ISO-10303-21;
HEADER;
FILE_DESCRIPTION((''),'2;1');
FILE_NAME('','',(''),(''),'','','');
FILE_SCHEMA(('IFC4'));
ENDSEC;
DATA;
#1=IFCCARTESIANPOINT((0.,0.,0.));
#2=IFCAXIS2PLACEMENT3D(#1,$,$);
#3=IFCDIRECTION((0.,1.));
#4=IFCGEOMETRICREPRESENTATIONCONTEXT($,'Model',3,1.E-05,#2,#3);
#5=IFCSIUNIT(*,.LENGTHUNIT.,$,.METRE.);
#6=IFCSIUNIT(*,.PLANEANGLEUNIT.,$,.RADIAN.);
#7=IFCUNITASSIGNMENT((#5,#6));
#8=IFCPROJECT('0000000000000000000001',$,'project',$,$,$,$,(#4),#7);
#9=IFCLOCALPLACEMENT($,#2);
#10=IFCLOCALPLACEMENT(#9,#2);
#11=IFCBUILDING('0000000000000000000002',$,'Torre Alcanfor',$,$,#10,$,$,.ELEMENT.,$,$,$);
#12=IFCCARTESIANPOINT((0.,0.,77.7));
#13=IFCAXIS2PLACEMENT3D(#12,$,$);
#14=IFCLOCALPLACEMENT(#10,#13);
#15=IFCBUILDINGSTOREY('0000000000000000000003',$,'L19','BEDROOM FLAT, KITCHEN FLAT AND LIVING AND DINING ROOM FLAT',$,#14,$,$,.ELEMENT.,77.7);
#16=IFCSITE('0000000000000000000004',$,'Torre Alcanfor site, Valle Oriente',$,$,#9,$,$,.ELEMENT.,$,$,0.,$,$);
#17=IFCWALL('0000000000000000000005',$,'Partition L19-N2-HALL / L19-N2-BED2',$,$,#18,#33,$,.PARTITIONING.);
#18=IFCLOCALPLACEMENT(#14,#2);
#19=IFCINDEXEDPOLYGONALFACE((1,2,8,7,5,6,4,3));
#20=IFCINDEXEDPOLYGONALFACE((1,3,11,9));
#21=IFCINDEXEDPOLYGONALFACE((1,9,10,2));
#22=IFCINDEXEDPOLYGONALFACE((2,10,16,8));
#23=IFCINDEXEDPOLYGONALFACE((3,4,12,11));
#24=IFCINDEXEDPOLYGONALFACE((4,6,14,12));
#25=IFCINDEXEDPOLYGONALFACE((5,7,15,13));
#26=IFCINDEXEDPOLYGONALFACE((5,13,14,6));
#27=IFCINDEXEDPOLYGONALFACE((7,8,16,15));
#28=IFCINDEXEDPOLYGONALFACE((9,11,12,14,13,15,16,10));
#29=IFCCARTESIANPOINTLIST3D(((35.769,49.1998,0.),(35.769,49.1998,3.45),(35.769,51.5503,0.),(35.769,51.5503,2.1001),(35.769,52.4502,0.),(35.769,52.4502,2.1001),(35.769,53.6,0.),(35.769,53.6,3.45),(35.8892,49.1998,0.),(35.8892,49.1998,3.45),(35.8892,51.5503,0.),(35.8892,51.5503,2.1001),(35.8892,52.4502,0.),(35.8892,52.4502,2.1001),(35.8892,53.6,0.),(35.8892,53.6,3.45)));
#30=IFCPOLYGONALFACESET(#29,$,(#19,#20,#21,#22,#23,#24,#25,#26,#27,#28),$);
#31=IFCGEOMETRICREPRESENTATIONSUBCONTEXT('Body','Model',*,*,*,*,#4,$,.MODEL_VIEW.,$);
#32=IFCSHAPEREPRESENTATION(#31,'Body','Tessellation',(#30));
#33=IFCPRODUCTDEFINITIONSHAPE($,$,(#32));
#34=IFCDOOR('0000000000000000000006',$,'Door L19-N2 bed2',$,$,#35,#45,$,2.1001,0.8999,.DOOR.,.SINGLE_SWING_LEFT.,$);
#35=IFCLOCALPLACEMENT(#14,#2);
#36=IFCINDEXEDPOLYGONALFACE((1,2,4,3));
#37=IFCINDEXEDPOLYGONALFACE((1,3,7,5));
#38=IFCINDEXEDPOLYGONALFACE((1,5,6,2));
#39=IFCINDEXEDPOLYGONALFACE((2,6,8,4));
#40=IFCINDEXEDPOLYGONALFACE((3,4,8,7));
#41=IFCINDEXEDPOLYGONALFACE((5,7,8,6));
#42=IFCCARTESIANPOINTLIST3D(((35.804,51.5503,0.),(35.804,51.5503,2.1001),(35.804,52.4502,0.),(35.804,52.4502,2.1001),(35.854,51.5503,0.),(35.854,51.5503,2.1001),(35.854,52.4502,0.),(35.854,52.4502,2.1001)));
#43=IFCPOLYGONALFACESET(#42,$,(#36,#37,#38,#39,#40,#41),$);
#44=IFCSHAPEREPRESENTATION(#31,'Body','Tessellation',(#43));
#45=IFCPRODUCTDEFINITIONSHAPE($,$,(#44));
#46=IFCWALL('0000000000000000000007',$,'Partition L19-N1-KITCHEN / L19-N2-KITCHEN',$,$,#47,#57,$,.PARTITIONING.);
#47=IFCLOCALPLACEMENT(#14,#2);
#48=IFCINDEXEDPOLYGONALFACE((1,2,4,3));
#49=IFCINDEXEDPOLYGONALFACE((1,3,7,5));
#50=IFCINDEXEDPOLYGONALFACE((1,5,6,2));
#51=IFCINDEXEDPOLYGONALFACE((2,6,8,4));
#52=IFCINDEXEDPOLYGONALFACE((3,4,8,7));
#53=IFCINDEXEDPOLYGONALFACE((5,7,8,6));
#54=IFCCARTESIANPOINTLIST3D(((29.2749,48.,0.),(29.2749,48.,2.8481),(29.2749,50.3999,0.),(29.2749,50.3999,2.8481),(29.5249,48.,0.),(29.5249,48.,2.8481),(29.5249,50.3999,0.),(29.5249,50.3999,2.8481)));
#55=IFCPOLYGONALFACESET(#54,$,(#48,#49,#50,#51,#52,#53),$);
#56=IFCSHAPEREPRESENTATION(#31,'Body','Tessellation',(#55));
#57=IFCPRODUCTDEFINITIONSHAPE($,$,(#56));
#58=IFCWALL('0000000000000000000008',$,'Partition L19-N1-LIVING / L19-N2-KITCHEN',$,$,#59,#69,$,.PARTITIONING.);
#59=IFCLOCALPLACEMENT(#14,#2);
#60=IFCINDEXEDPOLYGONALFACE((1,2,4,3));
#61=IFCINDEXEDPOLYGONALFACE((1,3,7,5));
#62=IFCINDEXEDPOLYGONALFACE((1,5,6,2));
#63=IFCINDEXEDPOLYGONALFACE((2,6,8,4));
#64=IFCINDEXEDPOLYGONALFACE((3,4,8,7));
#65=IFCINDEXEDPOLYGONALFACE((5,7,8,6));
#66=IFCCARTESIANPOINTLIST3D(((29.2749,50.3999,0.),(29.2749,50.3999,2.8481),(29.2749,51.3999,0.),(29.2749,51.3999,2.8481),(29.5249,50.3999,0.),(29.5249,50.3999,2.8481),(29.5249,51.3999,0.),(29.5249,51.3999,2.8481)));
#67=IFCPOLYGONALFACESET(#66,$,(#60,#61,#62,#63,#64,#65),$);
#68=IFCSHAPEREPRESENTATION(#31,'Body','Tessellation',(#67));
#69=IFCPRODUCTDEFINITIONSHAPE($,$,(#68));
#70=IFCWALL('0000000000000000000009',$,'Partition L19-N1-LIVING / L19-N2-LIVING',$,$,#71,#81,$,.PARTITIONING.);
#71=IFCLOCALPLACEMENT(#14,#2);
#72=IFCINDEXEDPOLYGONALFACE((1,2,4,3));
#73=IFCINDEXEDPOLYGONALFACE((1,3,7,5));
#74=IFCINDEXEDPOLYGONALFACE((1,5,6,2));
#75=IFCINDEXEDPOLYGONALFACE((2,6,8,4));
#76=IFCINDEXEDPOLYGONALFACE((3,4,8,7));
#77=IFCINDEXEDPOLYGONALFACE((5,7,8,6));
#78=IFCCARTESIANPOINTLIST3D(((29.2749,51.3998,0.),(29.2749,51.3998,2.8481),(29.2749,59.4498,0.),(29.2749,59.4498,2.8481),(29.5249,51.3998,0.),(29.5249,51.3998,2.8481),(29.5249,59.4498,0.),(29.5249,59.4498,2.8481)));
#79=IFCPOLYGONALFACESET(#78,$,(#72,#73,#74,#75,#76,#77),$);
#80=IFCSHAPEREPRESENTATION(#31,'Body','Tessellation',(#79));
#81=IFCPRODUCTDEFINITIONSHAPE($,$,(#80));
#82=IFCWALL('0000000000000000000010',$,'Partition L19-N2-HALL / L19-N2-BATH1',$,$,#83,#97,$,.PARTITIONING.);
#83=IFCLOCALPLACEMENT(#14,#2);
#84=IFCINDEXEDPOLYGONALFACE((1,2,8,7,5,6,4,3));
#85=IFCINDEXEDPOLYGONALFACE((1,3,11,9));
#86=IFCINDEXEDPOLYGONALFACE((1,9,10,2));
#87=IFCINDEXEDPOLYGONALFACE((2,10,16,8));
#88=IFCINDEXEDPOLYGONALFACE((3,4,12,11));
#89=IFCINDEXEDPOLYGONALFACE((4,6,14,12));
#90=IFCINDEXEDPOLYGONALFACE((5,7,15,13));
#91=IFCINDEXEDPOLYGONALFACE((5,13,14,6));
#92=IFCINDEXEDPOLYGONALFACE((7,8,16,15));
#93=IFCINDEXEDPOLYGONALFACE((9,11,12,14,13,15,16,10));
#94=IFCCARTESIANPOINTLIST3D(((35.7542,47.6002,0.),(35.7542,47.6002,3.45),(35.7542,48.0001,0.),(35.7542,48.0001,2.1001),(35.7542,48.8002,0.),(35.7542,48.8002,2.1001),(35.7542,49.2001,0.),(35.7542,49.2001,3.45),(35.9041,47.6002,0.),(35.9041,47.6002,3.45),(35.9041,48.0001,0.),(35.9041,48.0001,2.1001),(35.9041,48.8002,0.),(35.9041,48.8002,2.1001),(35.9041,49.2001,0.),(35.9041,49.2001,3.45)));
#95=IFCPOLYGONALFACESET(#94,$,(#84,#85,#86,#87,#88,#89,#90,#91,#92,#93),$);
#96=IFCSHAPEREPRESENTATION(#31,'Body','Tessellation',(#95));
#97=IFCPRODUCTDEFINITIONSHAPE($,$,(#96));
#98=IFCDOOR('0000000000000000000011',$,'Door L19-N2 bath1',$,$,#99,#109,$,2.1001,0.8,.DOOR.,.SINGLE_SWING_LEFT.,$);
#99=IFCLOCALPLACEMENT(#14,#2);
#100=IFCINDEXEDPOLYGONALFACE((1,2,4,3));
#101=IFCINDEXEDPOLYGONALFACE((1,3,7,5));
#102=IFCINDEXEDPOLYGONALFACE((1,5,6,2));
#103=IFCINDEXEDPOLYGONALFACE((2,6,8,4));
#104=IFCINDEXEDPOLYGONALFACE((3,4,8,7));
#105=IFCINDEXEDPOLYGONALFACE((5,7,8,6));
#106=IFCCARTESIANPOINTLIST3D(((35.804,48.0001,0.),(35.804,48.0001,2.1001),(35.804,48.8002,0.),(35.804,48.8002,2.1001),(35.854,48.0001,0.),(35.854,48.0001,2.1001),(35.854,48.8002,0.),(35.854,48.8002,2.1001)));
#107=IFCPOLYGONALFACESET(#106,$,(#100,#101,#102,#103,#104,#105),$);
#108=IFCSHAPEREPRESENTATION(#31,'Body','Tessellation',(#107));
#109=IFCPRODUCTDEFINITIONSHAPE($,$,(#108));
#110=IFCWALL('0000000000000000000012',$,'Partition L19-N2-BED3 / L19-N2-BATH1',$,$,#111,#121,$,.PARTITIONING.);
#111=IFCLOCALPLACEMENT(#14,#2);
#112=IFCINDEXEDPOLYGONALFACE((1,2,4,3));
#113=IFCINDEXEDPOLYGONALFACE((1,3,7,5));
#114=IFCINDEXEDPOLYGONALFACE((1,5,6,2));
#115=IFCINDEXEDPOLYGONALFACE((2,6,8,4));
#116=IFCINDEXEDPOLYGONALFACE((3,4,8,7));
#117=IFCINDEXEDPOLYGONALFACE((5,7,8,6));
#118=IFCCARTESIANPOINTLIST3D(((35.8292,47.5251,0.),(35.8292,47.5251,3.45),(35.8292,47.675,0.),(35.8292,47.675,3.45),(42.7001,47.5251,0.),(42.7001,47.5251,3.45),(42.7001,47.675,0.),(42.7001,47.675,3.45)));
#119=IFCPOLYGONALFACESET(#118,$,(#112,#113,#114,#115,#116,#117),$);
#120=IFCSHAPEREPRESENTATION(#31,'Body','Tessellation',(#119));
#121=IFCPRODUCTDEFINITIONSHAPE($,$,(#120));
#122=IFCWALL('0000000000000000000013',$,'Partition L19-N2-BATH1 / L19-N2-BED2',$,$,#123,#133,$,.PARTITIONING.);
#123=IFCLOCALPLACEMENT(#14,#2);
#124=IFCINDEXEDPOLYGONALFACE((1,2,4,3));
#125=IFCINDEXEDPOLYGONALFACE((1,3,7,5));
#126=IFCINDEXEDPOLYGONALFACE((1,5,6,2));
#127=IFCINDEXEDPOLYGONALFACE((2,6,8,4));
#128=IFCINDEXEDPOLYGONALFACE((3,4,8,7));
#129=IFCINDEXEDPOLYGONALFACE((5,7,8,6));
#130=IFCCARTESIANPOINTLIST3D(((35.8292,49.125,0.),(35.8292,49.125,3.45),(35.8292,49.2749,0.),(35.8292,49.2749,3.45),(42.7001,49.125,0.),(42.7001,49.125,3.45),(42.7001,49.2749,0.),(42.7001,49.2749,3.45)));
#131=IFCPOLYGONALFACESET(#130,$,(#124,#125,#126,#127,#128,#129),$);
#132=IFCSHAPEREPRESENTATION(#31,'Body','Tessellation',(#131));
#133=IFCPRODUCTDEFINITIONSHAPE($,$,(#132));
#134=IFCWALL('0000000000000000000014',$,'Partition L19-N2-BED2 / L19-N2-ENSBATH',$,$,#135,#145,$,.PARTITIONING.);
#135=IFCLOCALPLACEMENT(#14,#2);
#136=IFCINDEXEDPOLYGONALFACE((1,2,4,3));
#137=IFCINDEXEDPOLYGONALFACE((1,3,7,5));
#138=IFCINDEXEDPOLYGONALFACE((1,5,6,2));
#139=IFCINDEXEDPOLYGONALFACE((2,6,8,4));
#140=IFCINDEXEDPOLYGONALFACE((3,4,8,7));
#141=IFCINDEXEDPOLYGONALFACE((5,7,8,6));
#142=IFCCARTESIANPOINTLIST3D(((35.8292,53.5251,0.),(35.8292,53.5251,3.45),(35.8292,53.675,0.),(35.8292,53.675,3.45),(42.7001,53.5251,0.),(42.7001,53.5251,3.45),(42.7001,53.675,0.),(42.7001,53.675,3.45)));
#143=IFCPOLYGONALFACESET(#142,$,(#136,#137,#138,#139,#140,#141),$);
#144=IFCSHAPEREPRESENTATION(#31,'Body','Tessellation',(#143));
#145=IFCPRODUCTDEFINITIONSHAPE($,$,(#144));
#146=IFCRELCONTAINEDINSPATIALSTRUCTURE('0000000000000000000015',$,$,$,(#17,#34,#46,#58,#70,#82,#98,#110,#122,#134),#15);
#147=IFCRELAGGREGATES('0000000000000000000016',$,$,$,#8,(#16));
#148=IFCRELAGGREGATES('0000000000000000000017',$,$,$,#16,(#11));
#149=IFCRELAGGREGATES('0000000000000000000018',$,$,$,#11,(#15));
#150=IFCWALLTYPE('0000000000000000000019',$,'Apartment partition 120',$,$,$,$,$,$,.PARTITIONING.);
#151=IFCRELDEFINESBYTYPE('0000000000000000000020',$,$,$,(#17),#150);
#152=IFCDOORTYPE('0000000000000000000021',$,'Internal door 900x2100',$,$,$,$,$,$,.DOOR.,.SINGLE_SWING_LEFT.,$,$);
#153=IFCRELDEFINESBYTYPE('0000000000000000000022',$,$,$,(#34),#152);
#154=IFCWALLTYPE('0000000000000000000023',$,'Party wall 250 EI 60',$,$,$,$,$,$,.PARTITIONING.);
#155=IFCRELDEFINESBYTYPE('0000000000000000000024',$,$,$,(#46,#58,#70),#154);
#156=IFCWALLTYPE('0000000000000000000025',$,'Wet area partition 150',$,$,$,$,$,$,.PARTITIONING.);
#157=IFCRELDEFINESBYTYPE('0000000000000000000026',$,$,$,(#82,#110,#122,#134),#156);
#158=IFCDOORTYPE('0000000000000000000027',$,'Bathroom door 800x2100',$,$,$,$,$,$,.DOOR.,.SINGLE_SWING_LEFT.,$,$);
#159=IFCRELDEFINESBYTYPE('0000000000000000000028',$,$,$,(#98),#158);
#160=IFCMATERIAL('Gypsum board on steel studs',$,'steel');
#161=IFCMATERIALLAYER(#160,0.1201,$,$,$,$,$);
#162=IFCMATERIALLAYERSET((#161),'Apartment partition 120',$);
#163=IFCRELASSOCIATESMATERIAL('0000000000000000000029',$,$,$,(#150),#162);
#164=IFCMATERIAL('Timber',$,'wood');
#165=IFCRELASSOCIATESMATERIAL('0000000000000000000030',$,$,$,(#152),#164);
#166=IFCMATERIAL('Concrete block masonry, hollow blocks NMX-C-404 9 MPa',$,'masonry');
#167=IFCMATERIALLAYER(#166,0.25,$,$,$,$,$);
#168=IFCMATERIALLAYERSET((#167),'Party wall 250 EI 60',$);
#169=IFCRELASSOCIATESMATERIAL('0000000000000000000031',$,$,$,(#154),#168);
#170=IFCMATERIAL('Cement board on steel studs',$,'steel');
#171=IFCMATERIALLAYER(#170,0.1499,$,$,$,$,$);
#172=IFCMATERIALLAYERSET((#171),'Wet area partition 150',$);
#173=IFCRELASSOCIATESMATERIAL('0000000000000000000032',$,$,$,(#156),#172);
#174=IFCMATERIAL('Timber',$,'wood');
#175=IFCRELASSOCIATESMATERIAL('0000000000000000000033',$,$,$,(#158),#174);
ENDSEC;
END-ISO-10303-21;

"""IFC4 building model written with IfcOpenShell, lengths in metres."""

from ifc_helpers import new_model, si_unit, direction, frame, frame_2d, origin, place, context, subcontext, project, spatial, rectangle, extrude, material, layer, layer_set, type_object, element, fill, save


model = new_model("IFC4")

# Units and contexts
model_context = context("Model", 3, precision=1e-05, world=origin(), true_north=direction((0.0, 1.0)))
body_context = subcontext(model_context, "Body", "Model", "MODEL_VIEW")
ifc_project = project(units=[si_unit("LENGTHUNIT", "METRE"), si_unit("PLANEANGLEUNIT", "RADIAN")], contexts=[model_context])

# Site, building, storey
site_placement = place(None, origin())
site = spatial("IfcSite", under=ifc_project, at=site_placement, Name="Torre Alcanfor site, Valle Oriente", CompositionType="ELEMENT", RefElevation=0.0)
building_placement = place(site_placement, origin())
building = spatial("IfcBuilding", under=site, at=building_placement, Name="Torre Alcanfor", CompositionType="ELEMENT")
storey_placement = place(building_placement, frame((0.0, 0.0, 77.7)))
storey = spatial("IfcBuildingStorey", under=building, at=storey_placement, Name="L19", Description="BEDROOM FLAT, KITCHEN FLAT AND LIVING AND DINING ROOM FLAT", CompositionType="ELEMENT", Elevation=77.7)

# Shared definitions
ifc_material_1 = material(Name="Gypsum board on steel studs", Category="steel")
ifc_layer_1 = layer(ifc_material_1, 0.1201)
ifc_layer_set_1 = layer_set([ifc_layer_1], Name="Apartment partition 120")
wall_type_1 = type_object("IfcWallType", Name="Apartment partition 120", PredefinedType="PARTITIONING", material=ifc_layer_set_1)

# Wall, opening, door
ifc_material_2 = material(Name="Timber", Category="wood")
door_type_1 = type_object("IfcDoorType", Name="Internal door 900x2100", OperationType="SINGLE_SWING_LEFT", PredefinedType="DOOR", material=ifc_material_2)
wall_1_placement = place(storey_placement, frame((35.8291, 53.6001, 0.0), z_axis=(0.0, 0.0, 1.0), x_axis=(0.0, -1.0, 0.0)))
wall_1 = element("IfcWall", 1, at=wall_1_placement, inside=storey, type_object=wall_type_1, Name="Partition L19-N2-HALL / L19-N2-BED2", PredefinedType="PARTITIONING", context=body_context, shape_type="SweptSolid", body=[
    extrude(rectangle(XDim=4.4001, YDim=0.1201, at=frame_2d((2.2002, 0.0))), origin(), (0.0, 0.0, 1.0), 3.45),
])
opening_1_placement = place(wall_1_placement, frame((1.1499, 0.0, 0.0)))
opening_1 = element("IfcOpeningElement", 2, at=opening_1_placement, cuts=wall_1, PredefinedType="OPENING", context=body_context, shape_type="SweptSolid", body=[
    extrude(rectangle(XDim=0.8999, YDim=2.1001, at=frame_2d((0.45, 1.05))), frame((0.0, 0.0701, 0.0), z_axis=(0.0, -1.0, 0.0), x_axis=(1.0, 0.0, 0.0)), (0.0, 0.0, 1.0), 0.1401),
])
door_1_placement = place(opening_1_placement, origin())
door_1 = element("IfcDoor", 3, at=door_1_placement, inside=storey, type_object=door_type_1, Name="Door L19-N2 bed2", OperationType="SINGLE_SWING_LEFT", OverallHeight=2.1001, OverallWidth=0.8999, PredefinedType="DOOR", context=body_context, shape_type="SweptSolid", body=[
    extrude(rectangle(XDim=0.8999, YDim=2.1001, at=frame_2d((0.45, 1.05))), frame((0.0, 0.0249, 0.0), z_axis=(0.0, -1.0, 0.0), x_axis=(1.0, 0.0, 0.0)), (0.0, 0.0, 1.0), 0.05),
])
fill(opening_1, door_1)

# Walls
ifc_material_3 = material(Name="Concrete block masonry, hollow blocks NMX-C-404 9 MPa", Category="masonry")
ifc_layer_2 = layer(ifc_material_3, 0.25)
ifc_layer_set_2 = layer_set([ifc_layer_2], Name="Party wall 250 EI 60")
wall_type_2 = type_object("IfcWallType", Name="Party wall 250 EI 60", PredefinedType="PARTITIONING", material=ifc_layer_set_2)
wall_2_placement = place(storey_placement, frame((29.3999, 48.0, 0.0), z_axis=(0.0, 0.0, 1.0), x_axis=(0.0, 1.0, 0.0)))
element("IfcWall", 4, at=wall_2_placement, inside=storey, type_object=wall_type_2, Name="Partition L19-N1-KITCHEN / L19-N2-KITCHEN", PredefinedType="PARTITIONING", context=body_context, shape_type="SweptSolid", body=[
    extrude(rectangle(XDim=2.3999, YDim=0.25, at=frame_2d((1.2, 0.0))), origin(), (0.0, 0.0, 1.0), 2.8481),
])
wall_3_placement = place(storey_placement, frame((29.3999, 50.3999, 0.0), z_axis=(0.0, 0.0, 1.0), x_axis=(0.0, 1.0, 0.0)))
element("IfcWall", 5, at=wall_3_placement, inside=storey, type_object=wall_type_2, Name="Partition L19-N1-LIVING / L19-N2-KITCHEN", PredefinedType="PARTITIONING", context=body_context, shape_type="SweptSolid", body=[
    extrude(rectangle(XDim=1.0, YDim=0.25, at=frame_2d((0.5, 0.0))), origin(), (0.0, 0.0, 1.0), 2.8481),
])
wall_4_placement = place(storey_placement, frame((29.3999, 51.3999, 0.0), z_axis=(0.0, 0.0, 1.0), x_axis=(0.0, 1.0, 0.0)))
element("IfcWall", 6, at=wall_4_placement, inside=storey, type_object=wall_type_2, Name="Partition L19-N1-LIVING / L19-N2-LIVING", PredefinedType="PARTITIONING", context=body_context, shape_type="SweptSolid", body=[
    extrude(rectangle(XDim=8.05, YDim=0.25, at=frame_2d((4.0249, 0.0))), origin(), (0.0, 0.0, 1.0), 2.8481),
])

# Wall, opening, door
ifc_material_4 = material(Name="Cement board on steel studs", Category="steel")
ifc_layer_3 = layer(ifc_material_4, 0.1499)
ifc_layer_set_3 = layer_set([ifc_layer_3], Name="Wet area partition 150")
wall_type_3 = type_object("IfcWallType", Name="Wet area partition 150", PredefinedType="PARTITIONING", material=ifc_layer_set_3)
wall_5_placement = place(storey_placement, frame((35.8291, 49.2, 0.0), z_axis=(0.0, 0.0, 1.0), x_axis=(0.0, -1.0, 0.0)))
wall_5 = element("IfcWall", 7, at=wall_5_placement, inside=storey, type_object=wall_type_3, Name="Partition L19-N2-HALL / L19-N2-BATH1", PredefinedType="PARTITIONING", context=body_context, shape_type="SweptSolid", body=[
    extrude(rectangle(XDim=1.5999, YDim=0.1499, at=frame_2d((0.7998, 0.0))), origin(), (0.0, 0.0, 1.0), 3.45),
])
opening_2_placement = place(wall_5_placement, frame((0.3999, 0.0, 0.0)))
opening_2 = element("IfcOpeningElement", 8, at=opening_2_placement, cuts=wall_5, PredefinedType="OPENING", context=body_context, shape_type="SweptSolid", body=[
    extrude(rectangle(XDim=0.8, YDim=2.1001, at=frame_2d((0.3999, 1.05))), frame((0.0, 0.085, 0.0), z_axis=(0.0, -1.0, 0.0), x_axis=(1.0, 0.0, 0.0)), (0.0, 0.0, 1.0), 0.1699),
])
ifc_material_5 = material(Name="Timber", Category="wood")
door_type_2 = type_object("IfcDoorType", Name="Bathroom door 800x2100", OperationType="SINGLE_SWING_LEFT", PredefinedType="DOOR", material=ifc_material_5)
door_2_placement = place(opening_2_placement, origin())
door_2 = element("IfcDoor", 9, at=door_2_placement, inside=storey, type_object=door_type_2, Name="Door L19-N2 bath1", OperationType="SINGLE_SWING_LEFT", OverallHeight=2.1001, OverallWidth=0.8, PredefinedType="DOOR", context=body_context, shape_type="SweptSolid", body=[
    extrude(rectangle(XDim=0.8, YDim=2.1001, at=frame_2d((0.3999, 1.05))), frame((0.0, 0.0249, 0.0), z_axis=(0.0, -1.0, 0.0), x_axis=(1.0, 0.0, 0.0)), (0.0, 0.0, 1.0), 0.05),
])
fill(opening_2, door_2)

# Walls
for number, where, z_axis, x_axis, name in (
    (10, (35.8291, 47.6001, 0.0), (0.0, 0.0, 1.0), (1.0, 0.0, 0.0), "Partition L19-N2-BED3 / L19-N2-BATH1"),
    (11, (35.8291, 49.2, 0.0), (0.0, 0.0, 1.0), (1.0, 0.0, 0.0), "Partition L19-N2-BATH1 / L19-N2-BED2"),
    (12, (35.8291, 53.6001, 0.0), (0.0, 0.0, 1.0), (1.0, 0.0, 0.0), "Partition L19-N2-BED2 / L19-N2-ENSBATH"),
):
    element("IfcWall", number, at=place(storey_placement, frame(where, z_axis=z_axis, x_axis=x_axis)), inside=storey, type_object=wall_type_3, Name=name, PredefinedType="PARTITIONING", context=body_context, shape_type="SweptSolid", body=[
        extrude(rectangle(XDim=6.8708, YDim=0.1499, at=frame_2d((3.4355, 0.0))), origin(), (0.0, 0.0, 1.0), 3.45),
    ])

save(model, "model.ifc")
